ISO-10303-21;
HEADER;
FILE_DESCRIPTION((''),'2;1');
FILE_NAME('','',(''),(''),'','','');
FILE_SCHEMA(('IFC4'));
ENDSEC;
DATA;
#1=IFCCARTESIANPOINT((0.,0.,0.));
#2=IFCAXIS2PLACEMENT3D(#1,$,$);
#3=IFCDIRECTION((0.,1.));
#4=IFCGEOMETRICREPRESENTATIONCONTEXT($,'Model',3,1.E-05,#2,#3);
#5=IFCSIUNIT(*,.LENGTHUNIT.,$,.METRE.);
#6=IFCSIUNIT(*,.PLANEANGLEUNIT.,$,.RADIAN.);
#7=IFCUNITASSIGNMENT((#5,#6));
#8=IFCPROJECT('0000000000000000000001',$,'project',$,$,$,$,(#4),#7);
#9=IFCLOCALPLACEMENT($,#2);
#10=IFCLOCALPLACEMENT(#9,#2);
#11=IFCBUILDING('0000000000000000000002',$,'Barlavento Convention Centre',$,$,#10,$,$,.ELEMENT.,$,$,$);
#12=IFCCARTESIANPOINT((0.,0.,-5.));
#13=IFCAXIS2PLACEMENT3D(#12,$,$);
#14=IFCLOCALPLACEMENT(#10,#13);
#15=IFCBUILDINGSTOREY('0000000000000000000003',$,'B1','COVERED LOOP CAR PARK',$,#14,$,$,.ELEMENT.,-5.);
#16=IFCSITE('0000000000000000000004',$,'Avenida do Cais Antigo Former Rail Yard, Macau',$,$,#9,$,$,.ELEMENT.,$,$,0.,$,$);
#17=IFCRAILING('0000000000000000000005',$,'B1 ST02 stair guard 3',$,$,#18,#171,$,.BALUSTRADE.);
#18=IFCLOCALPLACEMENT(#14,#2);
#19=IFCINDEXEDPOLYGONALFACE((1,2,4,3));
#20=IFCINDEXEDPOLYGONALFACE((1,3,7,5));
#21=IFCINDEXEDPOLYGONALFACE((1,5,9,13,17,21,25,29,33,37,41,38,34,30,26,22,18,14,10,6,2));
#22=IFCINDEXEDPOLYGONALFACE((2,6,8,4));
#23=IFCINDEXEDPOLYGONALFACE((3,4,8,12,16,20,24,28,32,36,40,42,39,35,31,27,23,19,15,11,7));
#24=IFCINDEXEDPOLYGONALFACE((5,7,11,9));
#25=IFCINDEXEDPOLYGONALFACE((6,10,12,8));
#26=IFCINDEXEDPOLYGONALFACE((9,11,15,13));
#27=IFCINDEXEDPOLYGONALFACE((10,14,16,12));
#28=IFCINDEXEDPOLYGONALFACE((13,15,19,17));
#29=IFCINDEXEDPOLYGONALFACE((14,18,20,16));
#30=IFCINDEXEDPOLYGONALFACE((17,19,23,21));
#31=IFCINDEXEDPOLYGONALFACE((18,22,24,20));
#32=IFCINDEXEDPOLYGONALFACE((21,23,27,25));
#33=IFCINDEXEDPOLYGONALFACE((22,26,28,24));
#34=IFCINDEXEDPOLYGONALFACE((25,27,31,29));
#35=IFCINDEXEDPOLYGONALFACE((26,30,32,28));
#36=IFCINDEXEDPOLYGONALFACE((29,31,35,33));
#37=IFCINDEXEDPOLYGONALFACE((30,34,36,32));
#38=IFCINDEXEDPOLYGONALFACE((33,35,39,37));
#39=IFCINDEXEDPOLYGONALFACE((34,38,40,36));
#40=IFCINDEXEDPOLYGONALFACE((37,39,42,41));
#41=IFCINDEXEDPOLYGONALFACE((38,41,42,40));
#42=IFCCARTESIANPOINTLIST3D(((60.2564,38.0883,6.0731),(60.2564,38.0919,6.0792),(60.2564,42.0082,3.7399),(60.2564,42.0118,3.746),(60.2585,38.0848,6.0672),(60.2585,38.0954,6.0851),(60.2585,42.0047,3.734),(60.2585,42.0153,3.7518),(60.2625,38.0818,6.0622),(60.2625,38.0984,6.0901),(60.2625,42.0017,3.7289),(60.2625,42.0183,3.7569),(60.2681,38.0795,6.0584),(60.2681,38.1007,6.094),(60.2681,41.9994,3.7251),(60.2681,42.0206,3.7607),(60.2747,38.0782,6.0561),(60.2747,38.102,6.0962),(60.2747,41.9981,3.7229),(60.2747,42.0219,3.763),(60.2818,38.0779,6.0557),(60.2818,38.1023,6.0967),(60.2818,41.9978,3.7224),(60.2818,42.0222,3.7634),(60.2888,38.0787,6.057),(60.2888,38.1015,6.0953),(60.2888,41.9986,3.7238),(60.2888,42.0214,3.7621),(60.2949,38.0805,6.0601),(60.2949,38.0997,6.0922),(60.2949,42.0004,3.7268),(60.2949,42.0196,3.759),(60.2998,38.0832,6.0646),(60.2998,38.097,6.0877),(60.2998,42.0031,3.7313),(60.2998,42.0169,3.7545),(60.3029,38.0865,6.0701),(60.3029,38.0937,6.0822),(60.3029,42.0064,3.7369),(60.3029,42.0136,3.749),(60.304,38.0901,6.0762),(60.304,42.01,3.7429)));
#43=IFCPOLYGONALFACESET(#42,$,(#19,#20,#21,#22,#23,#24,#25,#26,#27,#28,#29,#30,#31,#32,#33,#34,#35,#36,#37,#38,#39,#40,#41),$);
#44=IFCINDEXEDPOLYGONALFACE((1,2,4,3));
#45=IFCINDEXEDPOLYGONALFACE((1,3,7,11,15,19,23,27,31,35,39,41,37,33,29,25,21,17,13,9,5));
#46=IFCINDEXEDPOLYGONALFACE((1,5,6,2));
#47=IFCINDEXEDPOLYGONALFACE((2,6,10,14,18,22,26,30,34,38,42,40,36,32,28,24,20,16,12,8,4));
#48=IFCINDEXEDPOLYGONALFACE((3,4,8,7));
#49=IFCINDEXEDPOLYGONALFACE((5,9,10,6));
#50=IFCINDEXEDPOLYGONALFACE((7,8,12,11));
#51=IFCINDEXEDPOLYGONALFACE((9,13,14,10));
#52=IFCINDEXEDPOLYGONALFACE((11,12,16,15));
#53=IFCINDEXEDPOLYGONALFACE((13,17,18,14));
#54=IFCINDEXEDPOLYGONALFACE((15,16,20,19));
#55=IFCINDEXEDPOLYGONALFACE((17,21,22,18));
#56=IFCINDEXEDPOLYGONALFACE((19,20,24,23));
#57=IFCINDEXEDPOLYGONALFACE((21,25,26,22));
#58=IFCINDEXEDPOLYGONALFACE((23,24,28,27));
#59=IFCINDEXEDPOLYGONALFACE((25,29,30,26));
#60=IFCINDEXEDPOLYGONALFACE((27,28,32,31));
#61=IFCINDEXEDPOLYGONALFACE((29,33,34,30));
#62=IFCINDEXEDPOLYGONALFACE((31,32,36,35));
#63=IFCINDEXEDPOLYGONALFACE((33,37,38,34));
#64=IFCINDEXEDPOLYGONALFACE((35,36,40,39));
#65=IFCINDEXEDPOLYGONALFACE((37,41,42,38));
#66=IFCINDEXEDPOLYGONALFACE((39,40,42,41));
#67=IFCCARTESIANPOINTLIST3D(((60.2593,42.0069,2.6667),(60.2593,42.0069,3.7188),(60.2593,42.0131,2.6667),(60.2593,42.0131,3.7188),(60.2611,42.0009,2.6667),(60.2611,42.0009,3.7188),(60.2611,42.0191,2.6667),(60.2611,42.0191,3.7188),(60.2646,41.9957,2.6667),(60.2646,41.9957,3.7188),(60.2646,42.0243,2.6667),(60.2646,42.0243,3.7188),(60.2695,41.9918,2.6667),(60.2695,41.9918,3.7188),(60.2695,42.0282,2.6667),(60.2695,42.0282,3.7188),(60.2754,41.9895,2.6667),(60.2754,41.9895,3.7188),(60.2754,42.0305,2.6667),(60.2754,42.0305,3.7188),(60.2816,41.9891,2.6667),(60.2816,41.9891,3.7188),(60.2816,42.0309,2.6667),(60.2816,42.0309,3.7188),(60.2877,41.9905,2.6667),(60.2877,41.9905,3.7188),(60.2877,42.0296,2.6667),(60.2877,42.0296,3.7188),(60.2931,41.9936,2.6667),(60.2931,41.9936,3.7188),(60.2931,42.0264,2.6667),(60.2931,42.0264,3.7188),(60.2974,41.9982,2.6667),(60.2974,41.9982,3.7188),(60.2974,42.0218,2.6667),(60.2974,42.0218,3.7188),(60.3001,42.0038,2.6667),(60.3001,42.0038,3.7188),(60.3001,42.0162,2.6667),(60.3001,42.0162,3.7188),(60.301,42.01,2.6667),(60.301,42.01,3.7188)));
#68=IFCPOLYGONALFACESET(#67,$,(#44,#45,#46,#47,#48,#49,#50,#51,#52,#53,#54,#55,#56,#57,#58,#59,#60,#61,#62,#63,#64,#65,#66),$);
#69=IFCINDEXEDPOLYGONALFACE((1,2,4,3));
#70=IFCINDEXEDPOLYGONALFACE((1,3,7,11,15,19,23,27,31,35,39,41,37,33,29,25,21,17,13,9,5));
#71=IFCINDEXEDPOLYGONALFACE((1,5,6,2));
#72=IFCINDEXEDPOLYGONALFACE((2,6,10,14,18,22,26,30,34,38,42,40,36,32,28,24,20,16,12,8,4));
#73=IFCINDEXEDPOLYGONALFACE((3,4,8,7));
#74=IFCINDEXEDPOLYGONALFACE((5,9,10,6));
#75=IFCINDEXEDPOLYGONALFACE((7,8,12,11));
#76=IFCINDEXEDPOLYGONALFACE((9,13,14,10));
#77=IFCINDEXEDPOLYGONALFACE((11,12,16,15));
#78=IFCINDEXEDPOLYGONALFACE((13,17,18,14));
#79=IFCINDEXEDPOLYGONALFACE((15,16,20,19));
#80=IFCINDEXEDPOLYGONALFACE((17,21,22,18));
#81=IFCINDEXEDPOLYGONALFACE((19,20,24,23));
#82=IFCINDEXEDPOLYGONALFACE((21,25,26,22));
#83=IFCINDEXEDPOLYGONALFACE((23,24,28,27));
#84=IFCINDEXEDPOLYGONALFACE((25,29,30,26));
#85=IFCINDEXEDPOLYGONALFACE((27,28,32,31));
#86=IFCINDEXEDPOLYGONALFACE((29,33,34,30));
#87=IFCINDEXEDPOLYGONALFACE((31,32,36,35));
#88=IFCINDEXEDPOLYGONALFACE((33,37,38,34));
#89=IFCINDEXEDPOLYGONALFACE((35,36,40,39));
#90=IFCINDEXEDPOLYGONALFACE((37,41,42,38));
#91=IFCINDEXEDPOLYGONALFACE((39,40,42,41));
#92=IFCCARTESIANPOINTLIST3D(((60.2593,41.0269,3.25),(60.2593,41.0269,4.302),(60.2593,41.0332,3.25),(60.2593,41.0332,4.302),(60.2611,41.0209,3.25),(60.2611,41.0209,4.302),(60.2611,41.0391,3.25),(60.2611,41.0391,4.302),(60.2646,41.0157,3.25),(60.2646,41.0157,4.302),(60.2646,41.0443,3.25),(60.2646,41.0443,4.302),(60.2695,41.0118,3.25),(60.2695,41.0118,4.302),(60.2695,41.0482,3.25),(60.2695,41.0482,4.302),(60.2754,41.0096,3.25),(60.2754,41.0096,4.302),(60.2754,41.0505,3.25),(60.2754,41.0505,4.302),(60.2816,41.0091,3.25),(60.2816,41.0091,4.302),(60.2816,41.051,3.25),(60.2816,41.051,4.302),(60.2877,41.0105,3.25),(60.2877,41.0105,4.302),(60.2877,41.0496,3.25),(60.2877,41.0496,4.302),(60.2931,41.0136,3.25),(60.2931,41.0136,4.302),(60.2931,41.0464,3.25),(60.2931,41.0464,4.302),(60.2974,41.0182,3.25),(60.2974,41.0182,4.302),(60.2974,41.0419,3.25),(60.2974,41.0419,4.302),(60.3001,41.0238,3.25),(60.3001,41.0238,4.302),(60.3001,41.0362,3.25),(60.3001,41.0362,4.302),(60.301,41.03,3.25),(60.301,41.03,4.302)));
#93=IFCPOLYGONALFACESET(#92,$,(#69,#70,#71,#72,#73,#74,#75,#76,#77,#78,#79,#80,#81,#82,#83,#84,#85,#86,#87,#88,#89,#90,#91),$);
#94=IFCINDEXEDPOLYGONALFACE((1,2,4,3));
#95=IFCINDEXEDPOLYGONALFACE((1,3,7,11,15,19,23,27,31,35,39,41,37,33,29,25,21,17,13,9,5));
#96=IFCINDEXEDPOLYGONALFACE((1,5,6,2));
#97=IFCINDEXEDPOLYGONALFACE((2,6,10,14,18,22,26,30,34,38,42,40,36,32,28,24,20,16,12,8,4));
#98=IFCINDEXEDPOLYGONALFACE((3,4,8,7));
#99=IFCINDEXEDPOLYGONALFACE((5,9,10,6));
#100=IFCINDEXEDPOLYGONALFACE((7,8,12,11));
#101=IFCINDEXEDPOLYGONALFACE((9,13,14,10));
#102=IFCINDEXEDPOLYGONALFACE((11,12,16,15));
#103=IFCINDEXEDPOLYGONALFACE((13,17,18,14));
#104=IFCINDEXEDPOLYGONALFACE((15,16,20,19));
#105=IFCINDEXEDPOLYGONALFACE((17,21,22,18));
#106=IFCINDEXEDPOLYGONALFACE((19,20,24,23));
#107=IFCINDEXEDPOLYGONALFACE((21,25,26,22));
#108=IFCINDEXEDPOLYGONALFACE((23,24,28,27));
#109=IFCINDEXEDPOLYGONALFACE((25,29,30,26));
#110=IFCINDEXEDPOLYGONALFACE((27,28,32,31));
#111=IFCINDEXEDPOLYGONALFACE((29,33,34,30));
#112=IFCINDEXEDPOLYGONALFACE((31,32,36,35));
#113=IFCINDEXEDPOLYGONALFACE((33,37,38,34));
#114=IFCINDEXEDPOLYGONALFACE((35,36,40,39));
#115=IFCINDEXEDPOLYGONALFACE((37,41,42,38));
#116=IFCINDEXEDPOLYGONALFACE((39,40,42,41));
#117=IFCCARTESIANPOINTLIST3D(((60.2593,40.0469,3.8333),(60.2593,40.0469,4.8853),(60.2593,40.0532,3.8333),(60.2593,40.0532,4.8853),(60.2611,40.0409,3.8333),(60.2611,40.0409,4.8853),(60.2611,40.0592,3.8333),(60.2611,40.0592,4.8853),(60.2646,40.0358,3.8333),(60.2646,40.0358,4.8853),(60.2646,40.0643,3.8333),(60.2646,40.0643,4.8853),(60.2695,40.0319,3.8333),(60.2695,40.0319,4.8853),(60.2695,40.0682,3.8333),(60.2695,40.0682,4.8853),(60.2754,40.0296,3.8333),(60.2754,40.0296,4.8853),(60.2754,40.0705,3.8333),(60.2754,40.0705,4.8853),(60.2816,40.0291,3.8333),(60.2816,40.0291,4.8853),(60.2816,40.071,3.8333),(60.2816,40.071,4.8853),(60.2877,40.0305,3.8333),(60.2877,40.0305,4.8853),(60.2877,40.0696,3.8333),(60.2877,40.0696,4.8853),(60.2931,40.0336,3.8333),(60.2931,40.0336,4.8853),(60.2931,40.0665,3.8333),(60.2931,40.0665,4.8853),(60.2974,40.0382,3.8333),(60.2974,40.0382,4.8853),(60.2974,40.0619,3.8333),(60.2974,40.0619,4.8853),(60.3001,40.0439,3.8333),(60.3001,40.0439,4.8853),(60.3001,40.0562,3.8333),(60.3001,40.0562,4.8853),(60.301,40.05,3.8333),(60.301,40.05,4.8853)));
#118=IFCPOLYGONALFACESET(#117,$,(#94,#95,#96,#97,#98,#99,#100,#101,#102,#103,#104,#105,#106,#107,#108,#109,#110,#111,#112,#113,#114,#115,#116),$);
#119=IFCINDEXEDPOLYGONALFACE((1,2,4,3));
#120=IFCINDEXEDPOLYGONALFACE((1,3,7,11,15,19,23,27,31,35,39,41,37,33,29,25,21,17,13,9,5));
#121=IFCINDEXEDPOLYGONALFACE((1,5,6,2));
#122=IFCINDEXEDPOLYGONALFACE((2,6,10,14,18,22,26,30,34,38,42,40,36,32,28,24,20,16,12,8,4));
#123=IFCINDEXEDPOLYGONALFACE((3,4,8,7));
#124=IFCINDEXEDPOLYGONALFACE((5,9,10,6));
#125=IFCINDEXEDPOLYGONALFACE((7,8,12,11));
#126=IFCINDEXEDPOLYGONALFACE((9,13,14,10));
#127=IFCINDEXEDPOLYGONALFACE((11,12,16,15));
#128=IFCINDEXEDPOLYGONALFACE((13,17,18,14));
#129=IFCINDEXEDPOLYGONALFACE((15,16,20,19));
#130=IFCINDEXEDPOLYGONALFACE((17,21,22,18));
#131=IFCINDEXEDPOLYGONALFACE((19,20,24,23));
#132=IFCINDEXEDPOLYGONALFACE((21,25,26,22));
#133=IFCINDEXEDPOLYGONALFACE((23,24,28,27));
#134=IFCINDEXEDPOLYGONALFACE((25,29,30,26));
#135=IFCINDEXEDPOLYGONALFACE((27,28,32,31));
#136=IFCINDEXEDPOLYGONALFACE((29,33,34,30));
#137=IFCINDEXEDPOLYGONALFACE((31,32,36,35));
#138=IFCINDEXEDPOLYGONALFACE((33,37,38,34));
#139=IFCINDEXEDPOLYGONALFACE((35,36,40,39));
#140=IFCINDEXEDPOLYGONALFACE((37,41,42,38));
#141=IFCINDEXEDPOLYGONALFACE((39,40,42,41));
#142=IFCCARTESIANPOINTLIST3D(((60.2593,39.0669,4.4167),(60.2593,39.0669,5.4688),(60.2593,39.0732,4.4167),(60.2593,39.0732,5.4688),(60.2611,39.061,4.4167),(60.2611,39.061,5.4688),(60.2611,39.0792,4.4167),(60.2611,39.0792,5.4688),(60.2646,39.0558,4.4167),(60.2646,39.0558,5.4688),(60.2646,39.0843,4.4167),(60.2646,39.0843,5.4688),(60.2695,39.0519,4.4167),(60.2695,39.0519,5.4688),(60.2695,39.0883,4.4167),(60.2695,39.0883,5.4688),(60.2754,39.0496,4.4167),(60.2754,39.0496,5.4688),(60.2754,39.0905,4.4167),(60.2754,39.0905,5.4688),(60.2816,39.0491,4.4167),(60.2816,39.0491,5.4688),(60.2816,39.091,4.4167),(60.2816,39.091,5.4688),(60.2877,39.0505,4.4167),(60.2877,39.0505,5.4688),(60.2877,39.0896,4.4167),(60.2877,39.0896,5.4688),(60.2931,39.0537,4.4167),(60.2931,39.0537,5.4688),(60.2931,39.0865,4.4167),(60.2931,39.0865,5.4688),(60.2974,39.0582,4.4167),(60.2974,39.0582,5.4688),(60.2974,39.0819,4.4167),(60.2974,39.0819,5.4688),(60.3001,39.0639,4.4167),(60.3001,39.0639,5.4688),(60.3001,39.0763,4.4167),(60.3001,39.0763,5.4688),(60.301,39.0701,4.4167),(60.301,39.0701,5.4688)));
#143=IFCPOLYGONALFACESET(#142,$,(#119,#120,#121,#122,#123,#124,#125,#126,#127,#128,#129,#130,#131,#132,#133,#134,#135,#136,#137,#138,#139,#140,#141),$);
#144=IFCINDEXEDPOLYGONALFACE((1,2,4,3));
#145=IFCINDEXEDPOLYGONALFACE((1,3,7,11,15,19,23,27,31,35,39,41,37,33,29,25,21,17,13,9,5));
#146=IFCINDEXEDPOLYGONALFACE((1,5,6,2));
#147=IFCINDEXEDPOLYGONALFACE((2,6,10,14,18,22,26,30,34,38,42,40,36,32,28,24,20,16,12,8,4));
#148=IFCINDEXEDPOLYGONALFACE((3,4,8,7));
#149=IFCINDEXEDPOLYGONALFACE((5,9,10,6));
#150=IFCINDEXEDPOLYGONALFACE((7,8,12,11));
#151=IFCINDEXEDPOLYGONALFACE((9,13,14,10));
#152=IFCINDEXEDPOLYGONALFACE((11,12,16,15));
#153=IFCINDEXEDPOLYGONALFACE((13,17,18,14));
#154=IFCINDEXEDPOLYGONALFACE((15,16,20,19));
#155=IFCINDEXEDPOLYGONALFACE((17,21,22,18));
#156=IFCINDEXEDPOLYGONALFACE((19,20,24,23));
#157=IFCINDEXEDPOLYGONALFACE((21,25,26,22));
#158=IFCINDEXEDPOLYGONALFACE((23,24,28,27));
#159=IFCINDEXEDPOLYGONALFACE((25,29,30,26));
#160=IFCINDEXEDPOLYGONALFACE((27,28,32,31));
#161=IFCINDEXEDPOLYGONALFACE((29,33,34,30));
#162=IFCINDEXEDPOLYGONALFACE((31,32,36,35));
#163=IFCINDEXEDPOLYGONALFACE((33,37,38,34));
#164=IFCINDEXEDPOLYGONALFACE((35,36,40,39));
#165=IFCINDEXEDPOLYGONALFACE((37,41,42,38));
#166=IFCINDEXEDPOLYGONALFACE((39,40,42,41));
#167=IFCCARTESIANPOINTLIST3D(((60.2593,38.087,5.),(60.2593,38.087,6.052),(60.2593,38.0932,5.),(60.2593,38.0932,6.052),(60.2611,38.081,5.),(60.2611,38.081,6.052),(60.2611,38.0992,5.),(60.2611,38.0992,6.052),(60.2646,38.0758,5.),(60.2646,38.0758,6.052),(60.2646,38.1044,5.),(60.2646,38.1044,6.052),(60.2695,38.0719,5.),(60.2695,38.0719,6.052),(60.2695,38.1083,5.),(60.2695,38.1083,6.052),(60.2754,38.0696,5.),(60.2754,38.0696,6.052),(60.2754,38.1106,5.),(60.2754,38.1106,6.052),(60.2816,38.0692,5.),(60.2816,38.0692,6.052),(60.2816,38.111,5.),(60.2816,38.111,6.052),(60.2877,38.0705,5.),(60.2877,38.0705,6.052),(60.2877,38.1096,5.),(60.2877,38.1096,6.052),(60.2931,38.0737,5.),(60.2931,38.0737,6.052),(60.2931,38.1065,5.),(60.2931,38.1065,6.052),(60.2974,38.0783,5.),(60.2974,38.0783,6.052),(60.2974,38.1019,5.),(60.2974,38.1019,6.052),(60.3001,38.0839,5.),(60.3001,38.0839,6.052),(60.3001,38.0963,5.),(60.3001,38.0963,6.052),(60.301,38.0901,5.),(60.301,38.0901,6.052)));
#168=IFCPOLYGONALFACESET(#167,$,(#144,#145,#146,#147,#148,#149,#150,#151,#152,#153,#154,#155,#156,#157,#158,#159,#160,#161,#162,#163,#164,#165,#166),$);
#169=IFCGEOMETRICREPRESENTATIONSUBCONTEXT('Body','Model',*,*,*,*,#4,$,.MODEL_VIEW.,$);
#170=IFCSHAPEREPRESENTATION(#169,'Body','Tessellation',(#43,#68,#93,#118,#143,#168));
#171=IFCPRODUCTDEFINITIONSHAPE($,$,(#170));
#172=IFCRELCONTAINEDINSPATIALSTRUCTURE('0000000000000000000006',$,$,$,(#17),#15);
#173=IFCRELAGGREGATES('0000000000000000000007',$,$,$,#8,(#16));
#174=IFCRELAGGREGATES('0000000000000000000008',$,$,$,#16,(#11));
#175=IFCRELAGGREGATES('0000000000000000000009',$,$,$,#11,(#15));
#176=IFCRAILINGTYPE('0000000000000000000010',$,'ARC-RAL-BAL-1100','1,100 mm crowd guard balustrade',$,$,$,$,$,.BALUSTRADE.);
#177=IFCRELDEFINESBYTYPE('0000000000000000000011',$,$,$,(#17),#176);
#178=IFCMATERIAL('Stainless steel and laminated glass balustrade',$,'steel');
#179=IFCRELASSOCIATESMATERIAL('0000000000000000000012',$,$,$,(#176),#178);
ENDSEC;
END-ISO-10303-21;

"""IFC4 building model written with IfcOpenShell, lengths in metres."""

from ifc_helpers import new_model, si_unit, direction, frame, origin, origin_2d, place, context, subcontext, project, spatial, circle, extrude, material, type_object, element, save


model = new_model("IFC4")

# Units and contexts
model_context = context("Model", 3, precision=1e-05, world=origin(), true_north=direction((0.0, 1.0)))
body_context = subcontext(model_context, "Body", "Model", "MODEL_VIEW")
ifc_project = project(units=[si_unit("LENGTHUNIT", "METRE"), si_unit("PLANEANGLEUNIT", "RADIAN")], contexts=[model_context])

# Site, building, storey
site_placement = place(None, origin())
site = spatial("IfcSite", under=ifc_project, at=site_placement, Name="Avenida do Cais Antigo Former Rail Yard, Macau", CompositionType="ELEMENT", RefElevation=0.0)
building_placement = place(site_placement, origin())
building = spatial("IfcBuilding", under=site, at=building_placement, Name="Barlavento Convention Centre", CompositionType="ELEMENT")
storey_placement = place(building_placement, frame((0.0, 0.0, -5.0)))
storey = spatial("IfcBuildingStorey", under=building, at=storey_placement, Name="B1", Description="COVERED LOOP CAR PARK", CompositionType="ELEMENT", Elevation=-5.0)

# Railing
ifc_material_1 = material(Name="Stainless steel and laminated glass balustrade", Category="steel")
railing_type_1 = type_object("IfcRailingType", Name="ARC-RAL-BAL-1100", Description="1,100 mm crowd guard balustrade", PredefinedType="BALUSTRADE", material=ifc_material_1)
railing_1_placement = place(storey_placement, frame((60.28, 42.01, 2.6667)))
element("IfcRailing", 1, at=railing_1_placement, inside=storey, type_object=railing_type_1, Name="B1 ST02 stair guard 3", PredefinedType="BALUSTRADE", context=body_context, shape_type="SweptSolid", body=[
    extrude(circle(Radius=0.0239, at=origin_2d()), frame((0.0, 0.0, 1.0762), z_axis=(0.0, -0.859296, 0.511478), x_axis=(1.0, 0.0, 0.0)), (0.0, 0.0, 1.0), 4.5618),
    extrude(circle(Radius=0.021, at=origin_2d()), origin(), (0.0, 0.0, 1.0), 1.052),
    extrude(circle(Radius=0.021, at=origin_2d()), frame((0.0, -0.98, 0.5833)), (0.0, 0.0, 1.0), 1.052),
    extrude(circle(Radius=0.021, at=origin_2d()), frame((0.0, -1.96, 1.1665)), (0.0, 0.0, 1.0), 1.052),
    extrude(circle(Radius=0.021, at=origin_2d()), frame((0.0, -2.9399, 1.75)), (0.0, 0.0, 1.0), 1.052),
    extrude(circle(Radius=0.021, at=origin_2d()), frame((0.0, -3.9199, 2.3333)), (0.0, 0.0, 1.0), 1.052),
])

save(model, "model.ifc")
